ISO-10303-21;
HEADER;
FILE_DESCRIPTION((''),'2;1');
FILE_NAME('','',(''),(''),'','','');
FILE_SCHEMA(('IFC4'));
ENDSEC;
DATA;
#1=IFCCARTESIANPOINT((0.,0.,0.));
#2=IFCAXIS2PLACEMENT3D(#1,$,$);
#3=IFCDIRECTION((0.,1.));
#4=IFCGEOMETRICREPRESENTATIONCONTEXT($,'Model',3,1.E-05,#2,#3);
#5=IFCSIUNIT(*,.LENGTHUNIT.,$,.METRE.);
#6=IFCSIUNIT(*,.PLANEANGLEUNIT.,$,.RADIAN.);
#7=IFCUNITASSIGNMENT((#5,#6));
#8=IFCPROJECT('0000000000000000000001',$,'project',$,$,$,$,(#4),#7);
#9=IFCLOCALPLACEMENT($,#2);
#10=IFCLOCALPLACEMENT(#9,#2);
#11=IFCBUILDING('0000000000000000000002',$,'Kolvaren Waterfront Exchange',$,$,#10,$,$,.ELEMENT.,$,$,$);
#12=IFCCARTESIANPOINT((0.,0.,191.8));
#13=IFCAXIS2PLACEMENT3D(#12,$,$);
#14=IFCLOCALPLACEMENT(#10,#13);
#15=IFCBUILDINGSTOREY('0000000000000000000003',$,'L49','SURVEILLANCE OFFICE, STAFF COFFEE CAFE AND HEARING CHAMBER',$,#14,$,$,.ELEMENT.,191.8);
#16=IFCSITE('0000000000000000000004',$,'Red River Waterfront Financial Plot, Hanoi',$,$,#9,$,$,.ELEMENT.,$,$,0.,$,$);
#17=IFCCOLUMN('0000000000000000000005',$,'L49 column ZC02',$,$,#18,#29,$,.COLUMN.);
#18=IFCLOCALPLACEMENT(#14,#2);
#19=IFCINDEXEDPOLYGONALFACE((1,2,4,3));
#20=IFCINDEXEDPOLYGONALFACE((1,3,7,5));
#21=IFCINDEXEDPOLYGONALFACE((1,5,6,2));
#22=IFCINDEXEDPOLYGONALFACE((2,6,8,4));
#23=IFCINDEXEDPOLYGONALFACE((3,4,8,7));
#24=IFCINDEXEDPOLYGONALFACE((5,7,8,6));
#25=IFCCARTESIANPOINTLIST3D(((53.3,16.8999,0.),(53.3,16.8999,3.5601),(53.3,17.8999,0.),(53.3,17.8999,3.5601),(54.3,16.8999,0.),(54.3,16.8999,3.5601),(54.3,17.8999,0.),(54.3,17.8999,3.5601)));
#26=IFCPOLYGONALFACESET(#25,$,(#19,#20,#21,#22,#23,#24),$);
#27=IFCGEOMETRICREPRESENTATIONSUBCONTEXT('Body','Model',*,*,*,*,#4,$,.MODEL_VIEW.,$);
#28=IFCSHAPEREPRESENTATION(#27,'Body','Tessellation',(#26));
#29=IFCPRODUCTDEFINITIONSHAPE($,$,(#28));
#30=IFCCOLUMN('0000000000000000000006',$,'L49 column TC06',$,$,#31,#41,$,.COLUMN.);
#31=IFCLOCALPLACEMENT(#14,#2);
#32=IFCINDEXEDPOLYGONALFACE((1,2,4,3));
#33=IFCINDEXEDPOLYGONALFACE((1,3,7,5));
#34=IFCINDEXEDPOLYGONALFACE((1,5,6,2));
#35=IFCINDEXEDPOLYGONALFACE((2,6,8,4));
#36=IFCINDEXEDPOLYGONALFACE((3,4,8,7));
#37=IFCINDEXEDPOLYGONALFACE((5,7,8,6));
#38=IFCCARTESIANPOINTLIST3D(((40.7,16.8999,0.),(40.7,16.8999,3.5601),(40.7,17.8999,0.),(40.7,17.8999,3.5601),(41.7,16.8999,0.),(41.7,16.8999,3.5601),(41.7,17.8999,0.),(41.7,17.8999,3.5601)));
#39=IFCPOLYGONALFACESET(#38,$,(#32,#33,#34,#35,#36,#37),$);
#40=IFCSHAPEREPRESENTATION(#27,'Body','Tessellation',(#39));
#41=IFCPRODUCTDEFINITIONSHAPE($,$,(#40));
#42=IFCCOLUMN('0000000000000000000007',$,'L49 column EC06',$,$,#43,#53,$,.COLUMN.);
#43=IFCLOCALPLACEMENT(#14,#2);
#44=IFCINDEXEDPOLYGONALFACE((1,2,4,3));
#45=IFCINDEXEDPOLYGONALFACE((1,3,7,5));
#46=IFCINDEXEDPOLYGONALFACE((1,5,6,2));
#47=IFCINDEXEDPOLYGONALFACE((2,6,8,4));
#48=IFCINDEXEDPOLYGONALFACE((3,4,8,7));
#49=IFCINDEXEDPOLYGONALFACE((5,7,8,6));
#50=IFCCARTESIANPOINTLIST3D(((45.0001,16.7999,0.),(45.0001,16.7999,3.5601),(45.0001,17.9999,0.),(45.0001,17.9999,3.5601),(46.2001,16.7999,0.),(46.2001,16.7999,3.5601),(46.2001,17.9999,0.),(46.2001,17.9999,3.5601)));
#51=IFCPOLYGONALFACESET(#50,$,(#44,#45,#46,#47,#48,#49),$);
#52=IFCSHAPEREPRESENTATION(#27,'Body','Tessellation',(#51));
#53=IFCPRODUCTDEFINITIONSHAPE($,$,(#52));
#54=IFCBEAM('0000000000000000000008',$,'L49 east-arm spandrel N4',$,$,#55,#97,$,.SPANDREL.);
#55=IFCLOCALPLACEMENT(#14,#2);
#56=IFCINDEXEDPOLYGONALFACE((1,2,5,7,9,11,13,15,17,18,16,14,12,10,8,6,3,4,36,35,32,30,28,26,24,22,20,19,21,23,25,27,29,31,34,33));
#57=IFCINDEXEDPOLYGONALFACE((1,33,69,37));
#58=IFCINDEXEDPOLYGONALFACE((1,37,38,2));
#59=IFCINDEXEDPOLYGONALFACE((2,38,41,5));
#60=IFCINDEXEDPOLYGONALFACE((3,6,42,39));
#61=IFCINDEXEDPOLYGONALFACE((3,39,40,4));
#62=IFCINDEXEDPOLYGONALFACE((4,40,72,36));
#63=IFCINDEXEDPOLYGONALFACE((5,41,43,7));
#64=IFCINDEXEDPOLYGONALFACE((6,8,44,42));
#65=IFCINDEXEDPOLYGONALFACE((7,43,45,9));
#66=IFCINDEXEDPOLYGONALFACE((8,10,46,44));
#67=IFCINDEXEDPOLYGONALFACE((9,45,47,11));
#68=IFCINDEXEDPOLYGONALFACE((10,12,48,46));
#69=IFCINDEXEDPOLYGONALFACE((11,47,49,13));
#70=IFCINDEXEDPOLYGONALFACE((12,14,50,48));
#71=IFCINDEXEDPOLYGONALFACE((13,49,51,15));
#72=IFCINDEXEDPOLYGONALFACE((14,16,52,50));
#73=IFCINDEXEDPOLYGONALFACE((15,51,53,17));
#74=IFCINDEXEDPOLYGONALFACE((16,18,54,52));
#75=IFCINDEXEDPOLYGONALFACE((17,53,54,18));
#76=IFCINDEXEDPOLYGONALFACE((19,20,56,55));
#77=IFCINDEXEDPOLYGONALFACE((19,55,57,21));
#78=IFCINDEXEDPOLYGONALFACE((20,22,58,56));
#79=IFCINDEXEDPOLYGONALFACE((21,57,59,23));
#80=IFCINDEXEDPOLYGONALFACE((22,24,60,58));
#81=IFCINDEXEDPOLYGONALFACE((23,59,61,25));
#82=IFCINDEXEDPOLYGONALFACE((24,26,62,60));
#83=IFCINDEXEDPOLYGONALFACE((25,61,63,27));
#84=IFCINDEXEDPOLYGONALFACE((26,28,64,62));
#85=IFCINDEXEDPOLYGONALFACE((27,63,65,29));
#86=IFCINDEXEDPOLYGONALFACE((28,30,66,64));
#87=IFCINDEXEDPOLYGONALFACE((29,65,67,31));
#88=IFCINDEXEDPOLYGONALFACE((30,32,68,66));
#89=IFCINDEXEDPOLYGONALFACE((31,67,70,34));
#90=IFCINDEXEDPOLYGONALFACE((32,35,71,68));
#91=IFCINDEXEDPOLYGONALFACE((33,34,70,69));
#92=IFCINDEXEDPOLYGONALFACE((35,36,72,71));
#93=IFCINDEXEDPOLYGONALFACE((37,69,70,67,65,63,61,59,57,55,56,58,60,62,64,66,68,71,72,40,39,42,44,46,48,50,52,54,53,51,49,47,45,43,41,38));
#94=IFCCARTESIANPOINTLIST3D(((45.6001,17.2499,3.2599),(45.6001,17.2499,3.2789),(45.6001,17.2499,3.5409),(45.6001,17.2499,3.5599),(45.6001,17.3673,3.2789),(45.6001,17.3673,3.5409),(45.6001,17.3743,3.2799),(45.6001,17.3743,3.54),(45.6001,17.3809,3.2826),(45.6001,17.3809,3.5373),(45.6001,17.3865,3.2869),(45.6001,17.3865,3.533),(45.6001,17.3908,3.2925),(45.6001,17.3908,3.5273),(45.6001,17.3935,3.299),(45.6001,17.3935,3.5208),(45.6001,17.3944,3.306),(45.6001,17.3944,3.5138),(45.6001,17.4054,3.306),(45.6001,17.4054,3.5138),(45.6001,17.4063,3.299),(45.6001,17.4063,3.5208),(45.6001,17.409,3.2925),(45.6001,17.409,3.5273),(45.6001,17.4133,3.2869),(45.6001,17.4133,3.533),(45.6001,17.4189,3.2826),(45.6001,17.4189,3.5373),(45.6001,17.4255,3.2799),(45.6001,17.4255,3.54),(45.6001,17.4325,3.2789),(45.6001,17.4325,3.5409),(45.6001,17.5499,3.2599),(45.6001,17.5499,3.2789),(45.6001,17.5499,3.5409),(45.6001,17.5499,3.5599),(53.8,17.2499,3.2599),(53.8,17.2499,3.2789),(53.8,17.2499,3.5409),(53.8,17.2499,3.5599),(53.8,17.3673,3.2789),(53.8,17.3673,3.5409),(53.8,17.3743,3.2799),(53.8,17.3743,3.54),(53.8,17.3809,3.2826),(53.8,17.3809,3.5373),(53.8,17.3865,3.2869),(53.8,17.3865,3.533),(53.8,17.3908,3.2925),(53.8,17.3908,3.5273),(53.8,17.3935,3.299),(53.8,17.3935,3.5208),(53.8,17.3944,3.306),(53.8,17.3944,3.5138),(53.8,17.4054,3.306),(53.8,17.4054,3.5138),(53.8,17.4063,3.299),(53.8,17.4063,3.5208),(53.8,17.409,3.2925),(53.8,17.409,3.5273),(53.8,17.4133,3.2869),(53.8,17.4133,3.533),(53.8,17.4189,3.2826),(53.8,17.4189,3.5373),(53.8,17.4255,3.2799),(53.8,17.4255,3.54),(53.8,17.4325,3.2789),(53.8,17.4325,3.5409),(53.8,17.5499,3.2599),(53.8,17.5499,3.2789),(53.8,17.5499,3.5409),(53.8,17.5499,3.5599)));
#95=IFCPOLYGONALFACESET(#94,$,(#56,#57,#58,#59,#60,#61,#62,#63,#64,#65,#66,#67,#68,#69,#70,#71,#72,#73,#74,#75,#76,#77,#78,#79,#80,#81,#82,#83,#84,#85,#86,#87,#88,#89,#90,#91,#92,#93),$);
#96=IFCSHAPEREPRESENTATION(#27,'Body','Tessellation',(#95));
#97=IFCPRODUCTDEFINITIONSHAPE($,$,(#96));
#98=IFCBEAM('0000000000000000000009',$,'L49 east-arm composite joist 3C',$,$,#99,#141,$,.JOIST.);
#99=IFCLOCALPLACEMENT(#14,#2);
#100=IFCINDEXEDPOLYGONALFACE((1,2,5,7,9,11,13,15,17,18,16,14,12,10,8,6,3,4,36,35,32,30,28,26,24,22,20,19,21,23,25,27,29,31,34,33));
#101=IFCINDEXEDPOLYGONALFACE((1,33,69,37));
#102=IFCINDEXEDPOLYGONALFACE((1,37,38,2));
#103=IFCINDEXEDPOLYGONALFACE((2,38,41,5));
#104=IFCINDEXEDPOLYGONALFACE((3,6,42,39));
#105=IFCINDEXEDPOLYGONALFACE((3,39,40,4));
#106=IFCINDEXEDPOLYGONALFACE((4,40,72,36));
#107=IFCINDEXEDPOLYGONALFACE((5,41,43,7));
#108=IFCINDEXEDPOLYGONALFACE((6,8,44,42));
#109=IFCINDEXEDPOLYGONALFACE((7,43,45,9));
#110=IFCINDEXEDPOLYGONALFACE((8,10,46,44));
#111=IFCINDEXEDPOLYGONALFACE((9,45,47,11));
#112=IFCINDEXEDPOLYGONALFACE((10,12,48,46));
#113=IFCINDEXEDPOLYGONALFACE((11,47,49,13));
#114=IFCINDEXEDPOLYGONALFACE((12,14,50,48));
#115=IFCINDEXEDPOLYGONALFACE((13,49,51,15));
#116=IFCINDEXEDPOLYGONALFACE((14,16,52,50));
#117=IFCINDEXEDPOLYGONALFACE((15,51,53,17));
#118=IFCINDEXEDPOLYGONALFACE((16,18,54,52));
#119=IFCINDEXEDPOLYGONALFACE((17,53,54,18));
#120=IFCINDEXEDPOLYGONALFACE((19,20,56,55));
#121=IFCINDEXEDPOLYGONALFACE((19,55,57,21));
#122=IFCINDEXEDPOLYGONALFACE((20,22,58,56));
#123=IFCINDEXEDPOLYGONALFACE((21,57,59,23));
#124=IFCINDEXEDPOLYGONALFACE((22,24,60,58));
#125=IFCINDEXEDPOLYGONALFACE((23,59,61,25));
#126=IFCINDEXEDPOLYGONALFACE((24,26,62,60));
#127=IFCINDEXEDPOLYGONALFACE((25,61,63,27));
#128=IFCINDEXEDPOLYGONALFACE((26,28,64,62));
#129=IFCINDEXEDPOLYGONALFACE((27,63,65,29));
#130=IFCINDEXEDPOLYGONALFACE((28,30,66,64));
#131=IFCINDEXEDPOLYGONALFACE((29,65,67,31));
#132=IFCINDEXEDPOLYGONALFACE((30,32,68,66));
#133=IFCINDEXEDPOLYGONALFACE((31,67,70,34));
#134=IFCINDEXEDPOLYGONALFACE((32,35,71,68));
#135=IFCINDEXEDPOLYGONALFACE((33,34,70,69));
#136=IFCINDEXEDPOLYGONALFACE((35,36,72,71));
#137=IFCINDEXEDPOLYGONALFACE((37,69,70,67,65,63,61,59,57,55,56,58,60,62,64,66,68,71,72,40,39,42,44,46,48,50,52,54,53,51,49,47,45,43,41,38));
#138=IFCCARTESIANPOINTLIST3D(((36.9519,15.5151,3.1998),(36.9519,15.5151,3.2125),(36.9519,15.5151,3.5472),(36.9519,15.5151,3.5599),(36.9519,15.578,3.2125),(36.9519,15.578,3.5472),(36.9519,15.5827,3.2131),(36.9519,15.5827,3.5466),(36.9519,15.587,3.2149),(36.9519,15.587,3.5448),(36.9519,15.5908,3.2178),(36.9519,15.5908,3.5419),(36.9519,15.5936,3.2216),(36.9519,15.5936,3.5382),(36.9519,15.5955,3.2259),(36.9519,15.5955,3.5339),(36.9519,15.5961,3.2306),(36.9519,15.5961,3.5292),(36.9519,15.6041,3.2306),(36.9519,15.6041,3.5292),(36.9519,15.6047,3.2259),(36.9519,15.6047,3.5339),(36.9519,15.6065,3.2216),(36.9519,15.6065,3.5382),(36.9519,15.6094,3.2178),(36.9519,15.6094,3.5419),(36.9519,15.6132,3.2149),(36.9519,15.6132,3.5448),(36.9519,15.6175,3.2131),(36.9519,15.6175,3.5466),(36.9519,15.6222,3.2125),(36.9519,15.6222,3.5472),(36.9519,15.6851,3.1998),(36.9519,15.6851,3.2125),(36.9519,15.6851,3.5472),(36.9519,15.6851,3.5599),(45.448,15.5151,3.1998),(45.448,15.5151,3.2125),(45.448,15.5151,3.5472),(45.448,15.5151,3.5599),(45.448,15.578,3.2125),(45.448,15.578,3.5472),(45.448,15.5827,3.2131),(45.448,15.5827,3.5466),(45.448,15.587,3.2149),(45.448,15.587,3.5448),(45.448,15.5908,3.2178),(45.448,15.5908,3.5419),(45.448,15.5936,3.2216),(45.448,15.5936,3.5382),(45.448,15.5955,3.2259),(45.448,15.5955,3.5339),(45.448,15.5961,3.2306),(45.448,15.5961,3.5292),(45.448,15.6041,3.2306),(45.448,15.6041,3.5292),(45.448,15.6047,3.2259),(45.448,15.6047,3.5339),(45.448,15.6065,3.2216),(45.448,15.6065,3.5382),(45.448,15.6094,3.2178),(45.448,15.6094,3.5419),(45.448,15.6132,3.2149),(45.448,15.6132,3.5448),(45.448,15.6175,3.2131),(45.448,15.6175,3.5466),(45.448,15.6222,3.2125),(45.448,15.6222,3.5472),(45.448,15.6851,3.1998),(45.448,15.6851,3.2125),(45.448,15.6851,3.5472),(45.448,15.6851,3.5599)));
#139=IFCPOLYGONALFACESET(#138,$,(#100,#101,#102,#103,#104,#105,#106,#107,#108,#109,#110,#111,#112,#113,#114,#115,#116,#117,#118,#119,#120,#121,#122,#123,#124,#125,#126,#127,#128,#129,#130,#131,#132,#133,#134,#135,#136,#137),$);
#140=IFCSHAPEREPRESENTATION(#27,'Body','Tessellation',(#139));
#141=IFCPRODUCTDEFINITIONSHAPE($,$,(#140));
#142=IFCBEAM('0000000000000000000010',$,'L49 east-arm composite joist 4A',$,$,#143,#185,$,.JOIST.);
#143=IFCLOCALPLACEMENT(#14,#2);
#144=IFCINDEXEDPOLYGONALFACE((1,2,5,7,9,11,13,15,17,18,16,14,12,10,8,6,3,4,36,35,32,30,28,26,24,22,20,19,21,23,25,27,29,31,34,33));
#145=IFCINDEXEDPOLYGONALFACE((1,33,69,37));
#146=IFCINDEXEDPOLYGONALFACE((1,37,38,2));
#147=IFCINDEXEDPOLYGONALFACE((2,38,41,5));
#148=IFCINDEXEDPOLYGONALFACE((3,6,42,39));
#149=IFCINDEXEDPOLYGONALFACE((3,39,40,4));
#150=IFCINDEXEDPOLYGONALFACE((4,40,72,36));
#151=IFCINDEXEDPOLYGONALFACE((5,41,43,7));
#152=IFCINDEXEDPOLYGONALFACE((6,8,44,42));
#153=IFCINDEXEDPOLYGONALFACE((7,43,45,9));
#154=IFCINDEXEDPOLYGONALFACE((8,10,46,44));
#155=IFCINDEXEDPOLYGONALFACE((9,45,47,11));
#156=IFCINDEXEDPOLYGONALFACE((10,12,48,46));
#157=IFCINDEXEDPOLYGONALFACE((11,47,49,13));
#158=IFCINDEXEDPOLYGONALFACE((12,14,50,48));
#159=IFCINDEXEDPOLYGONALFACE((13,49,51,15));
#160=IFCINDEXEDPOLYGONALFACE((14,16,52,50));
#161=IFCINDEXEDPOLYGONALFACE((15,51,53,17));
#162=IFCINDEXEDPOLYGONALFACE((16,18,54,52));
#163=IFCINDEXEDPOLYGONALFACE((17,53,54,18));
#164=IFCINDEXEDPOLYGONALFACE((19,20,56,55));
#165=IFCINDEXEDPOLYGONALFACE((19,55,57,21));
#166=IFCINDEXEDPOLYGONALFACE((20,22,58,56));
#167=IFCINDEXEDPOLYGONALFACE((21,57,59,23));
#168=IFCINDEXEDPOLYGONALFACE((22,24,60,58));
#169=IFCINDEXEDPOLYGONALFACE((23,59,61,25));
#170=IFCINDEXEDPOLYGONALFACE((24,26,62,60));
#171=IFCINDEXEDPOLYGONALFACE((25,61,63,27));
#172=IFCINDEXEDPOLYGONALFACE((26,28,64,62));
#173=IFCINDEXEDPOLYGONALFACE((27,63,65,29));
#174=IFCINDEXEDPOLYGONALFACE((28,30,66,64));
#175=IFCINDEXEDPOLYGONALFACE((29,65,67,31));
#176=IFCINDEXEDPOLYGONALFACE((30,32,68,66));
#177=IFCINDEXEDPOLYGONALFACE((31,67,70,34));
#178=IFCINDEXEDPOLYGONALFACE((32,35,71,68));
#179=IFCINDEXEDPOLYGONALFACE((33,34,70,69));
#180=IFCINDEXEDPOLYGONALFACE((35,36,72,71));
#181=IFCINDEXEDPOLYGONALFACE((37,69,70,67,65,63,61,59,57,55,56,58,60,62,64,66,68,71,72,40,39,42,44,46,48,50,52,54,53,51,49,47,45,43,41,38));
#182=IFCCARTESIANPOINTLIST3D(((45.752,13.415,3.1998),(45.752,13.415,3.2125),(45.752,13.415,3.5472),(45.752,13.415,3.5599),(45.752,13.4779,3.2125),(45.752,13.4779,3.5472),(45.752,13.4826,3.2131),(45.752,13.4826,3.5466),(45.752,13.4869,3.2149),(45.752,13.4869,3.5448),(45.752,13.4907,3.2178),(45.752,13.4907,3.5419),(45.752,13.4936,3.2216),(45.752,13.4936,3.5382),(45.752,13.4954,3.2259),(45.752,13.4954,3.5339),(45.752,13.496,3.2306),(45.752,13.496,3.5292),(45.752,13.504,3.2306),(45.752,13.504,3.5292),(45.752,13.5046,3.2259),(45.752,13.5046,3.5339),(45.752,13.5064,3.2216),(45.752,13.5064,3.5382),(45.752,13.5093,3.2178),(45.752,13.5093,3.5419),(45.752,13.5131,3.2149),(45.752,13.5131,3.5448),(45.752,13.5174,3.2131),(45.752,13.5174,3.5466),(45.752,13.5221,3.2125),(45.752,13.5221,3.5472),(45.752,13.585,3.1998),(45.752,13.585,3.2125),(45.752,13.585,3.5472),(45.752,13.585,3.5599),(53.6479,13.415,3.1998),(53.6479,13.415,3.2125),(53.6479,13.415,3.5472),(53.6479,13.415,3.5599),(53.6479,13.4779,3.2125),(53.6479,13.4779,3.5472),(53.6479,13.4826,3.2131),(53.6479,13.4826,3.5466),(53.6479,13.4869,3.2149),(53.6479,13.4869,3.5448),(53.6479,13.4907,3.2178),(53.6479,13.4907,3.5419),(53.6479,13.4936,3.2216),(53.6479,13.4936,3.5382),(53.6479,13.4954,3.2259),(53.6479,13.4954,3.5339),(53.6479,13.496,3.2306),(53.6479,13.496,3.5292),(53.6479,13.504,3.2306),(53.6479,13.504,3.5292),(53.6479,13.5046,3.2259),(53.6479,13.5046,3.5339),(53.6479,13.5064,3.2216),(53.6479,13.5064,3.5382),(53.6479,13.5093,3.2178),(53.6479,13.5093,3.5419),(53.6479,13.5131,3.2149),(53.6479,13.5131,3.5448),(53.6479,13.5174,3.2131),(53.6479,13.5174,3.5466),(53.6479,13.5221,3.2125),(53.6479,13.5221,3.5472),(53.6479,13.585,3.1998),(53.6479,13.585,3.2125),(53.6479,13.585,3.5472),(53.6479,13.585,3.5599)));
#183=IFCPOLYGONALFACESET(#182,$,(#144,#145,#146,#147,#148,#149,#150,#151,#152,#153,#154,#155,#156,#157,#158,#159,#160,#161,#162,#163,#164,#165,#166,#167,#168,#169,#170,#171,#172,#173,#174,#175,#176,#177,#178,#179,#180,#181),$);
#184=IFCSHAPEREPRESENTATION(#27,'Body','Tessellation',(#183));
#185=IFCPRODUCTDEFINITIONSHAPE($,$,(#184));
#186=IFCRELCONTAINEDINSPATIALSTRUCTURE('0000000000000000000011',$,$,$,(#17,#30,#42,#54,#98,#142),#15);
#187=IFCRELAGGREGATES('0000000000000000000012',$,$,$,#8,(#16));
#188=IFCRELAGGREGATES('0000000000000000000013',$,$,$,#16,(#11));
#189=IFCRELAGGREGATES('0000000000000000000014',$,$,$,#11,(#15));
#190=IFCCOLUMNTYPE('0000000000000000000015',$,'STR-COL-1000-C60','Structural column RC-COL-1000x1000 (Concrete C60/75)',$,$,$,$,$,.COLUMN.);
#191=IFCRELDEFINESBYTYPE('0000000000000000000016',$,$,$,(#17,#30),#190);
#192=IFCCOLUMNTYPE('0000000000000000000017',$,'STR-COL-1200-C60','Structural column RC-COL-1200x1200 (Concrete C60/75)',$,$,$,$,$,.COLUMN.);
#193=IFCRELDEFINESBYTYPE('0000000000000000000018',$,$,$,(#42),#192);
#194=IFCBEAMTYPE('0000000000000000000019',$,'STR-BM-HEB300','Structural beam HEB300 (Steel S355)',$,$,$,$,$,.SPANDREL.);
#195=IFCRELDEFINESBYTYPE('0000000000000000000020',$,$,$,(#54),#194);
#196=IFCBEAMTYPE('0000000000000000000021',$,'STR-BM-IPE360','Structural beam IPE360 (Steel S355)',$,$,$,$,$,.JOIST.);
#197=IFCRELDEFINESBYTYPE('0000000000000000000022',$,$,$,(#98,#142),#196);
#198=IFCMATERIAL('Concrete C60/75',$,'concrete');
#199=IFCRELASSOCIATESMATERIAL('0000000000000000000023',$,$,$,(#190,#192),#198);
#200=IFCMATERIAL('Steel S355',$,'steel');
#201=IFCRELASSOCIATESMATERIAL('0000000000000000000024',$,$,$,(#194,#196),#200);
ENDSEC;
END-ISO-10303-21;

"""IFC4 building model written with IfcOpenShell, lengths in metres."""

from ifc_helpers import new_model, si_unit, direction, frame, origin, origin_2d, place, context, subcontext, project, spatial, rectangle, i_section, extrude, material, material_profile, profile_set, type_object, element, save


model = new_model("IFC4")

# Units and contexts
model_context = context("Model", 3, precision=1e-05, world=origin(), true_north=direction((0.0, 1.0)))
body_context = subcontext(model_context, "Body", "Model", "MODEL_VIEW")
ifc_project = project(units=[si_unit("LENGTHUNIT", "METRE"), si_unit("PLANEANGLEUNIT", "RADIAN")], contexts=[model_context])

# Site, building, storey
site_placement = place(None, origin())
site = spatial("IfcSite", under=ifc_project, at=site_placement, Name="Red River Waterfront Financial Plot, Hanoi", CompositionType="ELEMENT", RefElevation=0.0)
building_placement = place(site_placement, origin())
building = spatial("IfcBuilding", under=site, at=building_placement, Name="Kolvaren Waterfront Exchange", CompositionType="ELEMENT")
storey_placement = place(building_placement, frame((0.0, 0.0, 191.8)))
storey = spatial("IfcBuildingStorey", under=building, at=storey_placement, Name="L49", Description="SURVEILLANCE OFFICE, STAFF COFFEE CAFE AND HEARING CHAMBER", CompositionType="ELEMENT", Elevation=191.8)

# Columns
ifc_material_1 = material(Name="Concrete C60/75", Category="concrete")
ifc_material_profile_1 = material_profile(ifc_material_1, rectangle(XDim=1.0, YDim=1.0, at=origin_2d()), Name="RC-COL-1000x1000")
ifc_profile_set_1 = profile_set([ifc_material_profile_1], Name="Concrete C60/75")
column_type_1 = type_object("IfcColumnType", Name="STR-COL-1000-C60", Description="Structural column RC-COL-1000x1000 (Concrete C60/75)", PredefinedType="COLUMN", material=ifc_profile_set_1)
for number, where, z_axis, x_axis, name in (
    (1, (53.8, 17.3999, 0.0), (0.0, 0.0, 1.0), (1.0, 0.0, 0.0), "L49 column ZC02"),
    (2, (41.2, 17.3999, 0.0), (0.0, 0.0, 1.0), (1.0, 0.0, 0.0), "L49 column TC06"),
):
    element("IfcColumn", number, at=place(storey_placement, frame(where, z_axis=z_axis, x_axis=x_axis)), inside=storey, type_object=column_type_1, Name=name, PredefinedType="COLUMN", context=body_context, shape_type="SweptSolid", body=[
        extrude(rectangle(XDim=1.0, YDim=1.0, at=origin_2d()), origin(), (0.0, 0.0, 1.0), 3.5601),
    ])
ifc_material_profile_2 = material_profile(ifc_material_1, rectangle(XDim=1.2, YDim=1.2, at=origin_2d()), Name="RC-COL-1200x1200")
ifc_profile_set_2 = profile_set([ifc_material_profile_2], Name="Concrete C60/75")
column_type_2 = type_object("IfcColumnType", Name="STR-COL-1200-C60", Description="Structural column RC-COL-1200x1200 (Concrete C60/75)", PredefinedType="COLUMN", material=ifc_profile_set_2)
column_placement = place(storey_placement, frame((45.6001, 17.3999, 0.0), z_axis=(0.0, 0.0, 1.0), x_axis=(1.0, 0.0, 0.0)))
element("IfcColumn", 3, at=column_placement, inside=storey, type_object=column_type_2, Name="L49 column EC06", PredefinedType="COLUMN", context=body_context, shape_type="SweptSolid", body=[
    extrude(rectangle(XDim=1.2, YDim=1.2, at=origin_2d()), origin(), (0.0, 0.0, 1.0), 3.5601),
])

# Beams
ifc_material_2 = material(Name="Steel S355", Category="steel")
ifc_material_profile_3 = material_profile(ifc_material_2, i_section(OverallWidth=0.3, OverallDepth=0.3, WebThickness=0.011, FlangeThickness=0.019, FilletRadius=0.0271, at=origin_2d()), Name="HEB300")
ifc_profile_set_3 = profile_set([ifc_material_profile_3], Name="Steel S355")
beam_type_1 = type_object("IfcBeamType", Name="STR-BM-HEB300", Description="Structural beam HEB300 (Steel S355)", PredefinedType="SPANDREL", material=ifc_profile_set_3)
beam_1_placement = place(storey_placement, frame((45.6001, 17.3999, 3.4099), z_axis=(1.0, 0.0, 0.0), x_axis=(0.0, 1.0, 0.0)))
element("IfcBeam", 4, at=beam_1_placement, inside=storey, type_object=beam_type_1, Name="L49 east-arm spandrel N4", PredefinedType="SPANDREL", context=body_context, shape_type="SweptSolid", body=[
    extrude(i_section(OverallWidth=0.3, OverallDepth=0.3, WebThickness=0.011, FlangeThickness=0.019, FilletRadius=0.0271, at=origin_2d()), origin(), (0.0, 0.0, 1.0), 8.2),
])
ifc_material_profile_4 = material_profile(ifc_material_2, i_section(OverallWidth=0.1699, OverallDepth=0.3601, WebThickness=0.0081, FlangeThickness=0.0127, FilletRadius=0.0181, at=origin_2d()), Name="IPE360")
ifc_profile_set_4 = profile_set([ifc_material_profile_4], Name="Steel S355")
beam_type_2 = type_object("IfcBeamType", Name="STR-BM-IPE360", Description="Structural beam IPE360 (Steel S355)", PredefinedType="JOIST", material=ifc_profile_set_4)
beam_2_placement = place(storey_placement, frame((36.9519, 15.6001, 3.3799), z_axis=(1.0, 0.0, 0.0), x_axis=(0.0, 1.0, 0.0)))
element("IfcBeam", 5, at=beam_2_placement, inside=storey, type_object=beam_type_2, Name="L49 east-arm composite joist 3C", PredefinedType="JOIST", context=body_context, shape_type="SweptSolid", body=[
    extrude(i_section(OverallWidth=0.1699, OverallDepth=0.3601, WebThickness=0.0081, FlangeThickness=0.0127, FilletRadius=0.0181, at=origin_2d()), origin(), (0.0, 0.0, 1.0), 8.4961),
])
for number, where, z_axis, x_axis, name in (
    (6, (45.752, 13.5, 3.3799), (1.0, 0.0, 0.0), (0.0, 1.0, 0.0), "L49 east-arm composite joist 4A"),
):
    element("IfcBeam", number, at=place(storey_placement, frame(where, z_axis=z_axis, x_axis=x_axis)), inside=storey, type_object=beam_type_2, Name=name, PredefinedType="JOIST", context=body_context, shape_type="SweptSolid", body=[
        extrude(i_section(OverallWidth=0.1699, OverallDepth=0.3601, WebThickness=0.0081, FlangeThickness=0.0127, FilletRadius=0.0181, at=origin_2d()), origin(), (0.0, 0.0, 1.0), 7.896),
    ])

save(model, "model.ifc")
